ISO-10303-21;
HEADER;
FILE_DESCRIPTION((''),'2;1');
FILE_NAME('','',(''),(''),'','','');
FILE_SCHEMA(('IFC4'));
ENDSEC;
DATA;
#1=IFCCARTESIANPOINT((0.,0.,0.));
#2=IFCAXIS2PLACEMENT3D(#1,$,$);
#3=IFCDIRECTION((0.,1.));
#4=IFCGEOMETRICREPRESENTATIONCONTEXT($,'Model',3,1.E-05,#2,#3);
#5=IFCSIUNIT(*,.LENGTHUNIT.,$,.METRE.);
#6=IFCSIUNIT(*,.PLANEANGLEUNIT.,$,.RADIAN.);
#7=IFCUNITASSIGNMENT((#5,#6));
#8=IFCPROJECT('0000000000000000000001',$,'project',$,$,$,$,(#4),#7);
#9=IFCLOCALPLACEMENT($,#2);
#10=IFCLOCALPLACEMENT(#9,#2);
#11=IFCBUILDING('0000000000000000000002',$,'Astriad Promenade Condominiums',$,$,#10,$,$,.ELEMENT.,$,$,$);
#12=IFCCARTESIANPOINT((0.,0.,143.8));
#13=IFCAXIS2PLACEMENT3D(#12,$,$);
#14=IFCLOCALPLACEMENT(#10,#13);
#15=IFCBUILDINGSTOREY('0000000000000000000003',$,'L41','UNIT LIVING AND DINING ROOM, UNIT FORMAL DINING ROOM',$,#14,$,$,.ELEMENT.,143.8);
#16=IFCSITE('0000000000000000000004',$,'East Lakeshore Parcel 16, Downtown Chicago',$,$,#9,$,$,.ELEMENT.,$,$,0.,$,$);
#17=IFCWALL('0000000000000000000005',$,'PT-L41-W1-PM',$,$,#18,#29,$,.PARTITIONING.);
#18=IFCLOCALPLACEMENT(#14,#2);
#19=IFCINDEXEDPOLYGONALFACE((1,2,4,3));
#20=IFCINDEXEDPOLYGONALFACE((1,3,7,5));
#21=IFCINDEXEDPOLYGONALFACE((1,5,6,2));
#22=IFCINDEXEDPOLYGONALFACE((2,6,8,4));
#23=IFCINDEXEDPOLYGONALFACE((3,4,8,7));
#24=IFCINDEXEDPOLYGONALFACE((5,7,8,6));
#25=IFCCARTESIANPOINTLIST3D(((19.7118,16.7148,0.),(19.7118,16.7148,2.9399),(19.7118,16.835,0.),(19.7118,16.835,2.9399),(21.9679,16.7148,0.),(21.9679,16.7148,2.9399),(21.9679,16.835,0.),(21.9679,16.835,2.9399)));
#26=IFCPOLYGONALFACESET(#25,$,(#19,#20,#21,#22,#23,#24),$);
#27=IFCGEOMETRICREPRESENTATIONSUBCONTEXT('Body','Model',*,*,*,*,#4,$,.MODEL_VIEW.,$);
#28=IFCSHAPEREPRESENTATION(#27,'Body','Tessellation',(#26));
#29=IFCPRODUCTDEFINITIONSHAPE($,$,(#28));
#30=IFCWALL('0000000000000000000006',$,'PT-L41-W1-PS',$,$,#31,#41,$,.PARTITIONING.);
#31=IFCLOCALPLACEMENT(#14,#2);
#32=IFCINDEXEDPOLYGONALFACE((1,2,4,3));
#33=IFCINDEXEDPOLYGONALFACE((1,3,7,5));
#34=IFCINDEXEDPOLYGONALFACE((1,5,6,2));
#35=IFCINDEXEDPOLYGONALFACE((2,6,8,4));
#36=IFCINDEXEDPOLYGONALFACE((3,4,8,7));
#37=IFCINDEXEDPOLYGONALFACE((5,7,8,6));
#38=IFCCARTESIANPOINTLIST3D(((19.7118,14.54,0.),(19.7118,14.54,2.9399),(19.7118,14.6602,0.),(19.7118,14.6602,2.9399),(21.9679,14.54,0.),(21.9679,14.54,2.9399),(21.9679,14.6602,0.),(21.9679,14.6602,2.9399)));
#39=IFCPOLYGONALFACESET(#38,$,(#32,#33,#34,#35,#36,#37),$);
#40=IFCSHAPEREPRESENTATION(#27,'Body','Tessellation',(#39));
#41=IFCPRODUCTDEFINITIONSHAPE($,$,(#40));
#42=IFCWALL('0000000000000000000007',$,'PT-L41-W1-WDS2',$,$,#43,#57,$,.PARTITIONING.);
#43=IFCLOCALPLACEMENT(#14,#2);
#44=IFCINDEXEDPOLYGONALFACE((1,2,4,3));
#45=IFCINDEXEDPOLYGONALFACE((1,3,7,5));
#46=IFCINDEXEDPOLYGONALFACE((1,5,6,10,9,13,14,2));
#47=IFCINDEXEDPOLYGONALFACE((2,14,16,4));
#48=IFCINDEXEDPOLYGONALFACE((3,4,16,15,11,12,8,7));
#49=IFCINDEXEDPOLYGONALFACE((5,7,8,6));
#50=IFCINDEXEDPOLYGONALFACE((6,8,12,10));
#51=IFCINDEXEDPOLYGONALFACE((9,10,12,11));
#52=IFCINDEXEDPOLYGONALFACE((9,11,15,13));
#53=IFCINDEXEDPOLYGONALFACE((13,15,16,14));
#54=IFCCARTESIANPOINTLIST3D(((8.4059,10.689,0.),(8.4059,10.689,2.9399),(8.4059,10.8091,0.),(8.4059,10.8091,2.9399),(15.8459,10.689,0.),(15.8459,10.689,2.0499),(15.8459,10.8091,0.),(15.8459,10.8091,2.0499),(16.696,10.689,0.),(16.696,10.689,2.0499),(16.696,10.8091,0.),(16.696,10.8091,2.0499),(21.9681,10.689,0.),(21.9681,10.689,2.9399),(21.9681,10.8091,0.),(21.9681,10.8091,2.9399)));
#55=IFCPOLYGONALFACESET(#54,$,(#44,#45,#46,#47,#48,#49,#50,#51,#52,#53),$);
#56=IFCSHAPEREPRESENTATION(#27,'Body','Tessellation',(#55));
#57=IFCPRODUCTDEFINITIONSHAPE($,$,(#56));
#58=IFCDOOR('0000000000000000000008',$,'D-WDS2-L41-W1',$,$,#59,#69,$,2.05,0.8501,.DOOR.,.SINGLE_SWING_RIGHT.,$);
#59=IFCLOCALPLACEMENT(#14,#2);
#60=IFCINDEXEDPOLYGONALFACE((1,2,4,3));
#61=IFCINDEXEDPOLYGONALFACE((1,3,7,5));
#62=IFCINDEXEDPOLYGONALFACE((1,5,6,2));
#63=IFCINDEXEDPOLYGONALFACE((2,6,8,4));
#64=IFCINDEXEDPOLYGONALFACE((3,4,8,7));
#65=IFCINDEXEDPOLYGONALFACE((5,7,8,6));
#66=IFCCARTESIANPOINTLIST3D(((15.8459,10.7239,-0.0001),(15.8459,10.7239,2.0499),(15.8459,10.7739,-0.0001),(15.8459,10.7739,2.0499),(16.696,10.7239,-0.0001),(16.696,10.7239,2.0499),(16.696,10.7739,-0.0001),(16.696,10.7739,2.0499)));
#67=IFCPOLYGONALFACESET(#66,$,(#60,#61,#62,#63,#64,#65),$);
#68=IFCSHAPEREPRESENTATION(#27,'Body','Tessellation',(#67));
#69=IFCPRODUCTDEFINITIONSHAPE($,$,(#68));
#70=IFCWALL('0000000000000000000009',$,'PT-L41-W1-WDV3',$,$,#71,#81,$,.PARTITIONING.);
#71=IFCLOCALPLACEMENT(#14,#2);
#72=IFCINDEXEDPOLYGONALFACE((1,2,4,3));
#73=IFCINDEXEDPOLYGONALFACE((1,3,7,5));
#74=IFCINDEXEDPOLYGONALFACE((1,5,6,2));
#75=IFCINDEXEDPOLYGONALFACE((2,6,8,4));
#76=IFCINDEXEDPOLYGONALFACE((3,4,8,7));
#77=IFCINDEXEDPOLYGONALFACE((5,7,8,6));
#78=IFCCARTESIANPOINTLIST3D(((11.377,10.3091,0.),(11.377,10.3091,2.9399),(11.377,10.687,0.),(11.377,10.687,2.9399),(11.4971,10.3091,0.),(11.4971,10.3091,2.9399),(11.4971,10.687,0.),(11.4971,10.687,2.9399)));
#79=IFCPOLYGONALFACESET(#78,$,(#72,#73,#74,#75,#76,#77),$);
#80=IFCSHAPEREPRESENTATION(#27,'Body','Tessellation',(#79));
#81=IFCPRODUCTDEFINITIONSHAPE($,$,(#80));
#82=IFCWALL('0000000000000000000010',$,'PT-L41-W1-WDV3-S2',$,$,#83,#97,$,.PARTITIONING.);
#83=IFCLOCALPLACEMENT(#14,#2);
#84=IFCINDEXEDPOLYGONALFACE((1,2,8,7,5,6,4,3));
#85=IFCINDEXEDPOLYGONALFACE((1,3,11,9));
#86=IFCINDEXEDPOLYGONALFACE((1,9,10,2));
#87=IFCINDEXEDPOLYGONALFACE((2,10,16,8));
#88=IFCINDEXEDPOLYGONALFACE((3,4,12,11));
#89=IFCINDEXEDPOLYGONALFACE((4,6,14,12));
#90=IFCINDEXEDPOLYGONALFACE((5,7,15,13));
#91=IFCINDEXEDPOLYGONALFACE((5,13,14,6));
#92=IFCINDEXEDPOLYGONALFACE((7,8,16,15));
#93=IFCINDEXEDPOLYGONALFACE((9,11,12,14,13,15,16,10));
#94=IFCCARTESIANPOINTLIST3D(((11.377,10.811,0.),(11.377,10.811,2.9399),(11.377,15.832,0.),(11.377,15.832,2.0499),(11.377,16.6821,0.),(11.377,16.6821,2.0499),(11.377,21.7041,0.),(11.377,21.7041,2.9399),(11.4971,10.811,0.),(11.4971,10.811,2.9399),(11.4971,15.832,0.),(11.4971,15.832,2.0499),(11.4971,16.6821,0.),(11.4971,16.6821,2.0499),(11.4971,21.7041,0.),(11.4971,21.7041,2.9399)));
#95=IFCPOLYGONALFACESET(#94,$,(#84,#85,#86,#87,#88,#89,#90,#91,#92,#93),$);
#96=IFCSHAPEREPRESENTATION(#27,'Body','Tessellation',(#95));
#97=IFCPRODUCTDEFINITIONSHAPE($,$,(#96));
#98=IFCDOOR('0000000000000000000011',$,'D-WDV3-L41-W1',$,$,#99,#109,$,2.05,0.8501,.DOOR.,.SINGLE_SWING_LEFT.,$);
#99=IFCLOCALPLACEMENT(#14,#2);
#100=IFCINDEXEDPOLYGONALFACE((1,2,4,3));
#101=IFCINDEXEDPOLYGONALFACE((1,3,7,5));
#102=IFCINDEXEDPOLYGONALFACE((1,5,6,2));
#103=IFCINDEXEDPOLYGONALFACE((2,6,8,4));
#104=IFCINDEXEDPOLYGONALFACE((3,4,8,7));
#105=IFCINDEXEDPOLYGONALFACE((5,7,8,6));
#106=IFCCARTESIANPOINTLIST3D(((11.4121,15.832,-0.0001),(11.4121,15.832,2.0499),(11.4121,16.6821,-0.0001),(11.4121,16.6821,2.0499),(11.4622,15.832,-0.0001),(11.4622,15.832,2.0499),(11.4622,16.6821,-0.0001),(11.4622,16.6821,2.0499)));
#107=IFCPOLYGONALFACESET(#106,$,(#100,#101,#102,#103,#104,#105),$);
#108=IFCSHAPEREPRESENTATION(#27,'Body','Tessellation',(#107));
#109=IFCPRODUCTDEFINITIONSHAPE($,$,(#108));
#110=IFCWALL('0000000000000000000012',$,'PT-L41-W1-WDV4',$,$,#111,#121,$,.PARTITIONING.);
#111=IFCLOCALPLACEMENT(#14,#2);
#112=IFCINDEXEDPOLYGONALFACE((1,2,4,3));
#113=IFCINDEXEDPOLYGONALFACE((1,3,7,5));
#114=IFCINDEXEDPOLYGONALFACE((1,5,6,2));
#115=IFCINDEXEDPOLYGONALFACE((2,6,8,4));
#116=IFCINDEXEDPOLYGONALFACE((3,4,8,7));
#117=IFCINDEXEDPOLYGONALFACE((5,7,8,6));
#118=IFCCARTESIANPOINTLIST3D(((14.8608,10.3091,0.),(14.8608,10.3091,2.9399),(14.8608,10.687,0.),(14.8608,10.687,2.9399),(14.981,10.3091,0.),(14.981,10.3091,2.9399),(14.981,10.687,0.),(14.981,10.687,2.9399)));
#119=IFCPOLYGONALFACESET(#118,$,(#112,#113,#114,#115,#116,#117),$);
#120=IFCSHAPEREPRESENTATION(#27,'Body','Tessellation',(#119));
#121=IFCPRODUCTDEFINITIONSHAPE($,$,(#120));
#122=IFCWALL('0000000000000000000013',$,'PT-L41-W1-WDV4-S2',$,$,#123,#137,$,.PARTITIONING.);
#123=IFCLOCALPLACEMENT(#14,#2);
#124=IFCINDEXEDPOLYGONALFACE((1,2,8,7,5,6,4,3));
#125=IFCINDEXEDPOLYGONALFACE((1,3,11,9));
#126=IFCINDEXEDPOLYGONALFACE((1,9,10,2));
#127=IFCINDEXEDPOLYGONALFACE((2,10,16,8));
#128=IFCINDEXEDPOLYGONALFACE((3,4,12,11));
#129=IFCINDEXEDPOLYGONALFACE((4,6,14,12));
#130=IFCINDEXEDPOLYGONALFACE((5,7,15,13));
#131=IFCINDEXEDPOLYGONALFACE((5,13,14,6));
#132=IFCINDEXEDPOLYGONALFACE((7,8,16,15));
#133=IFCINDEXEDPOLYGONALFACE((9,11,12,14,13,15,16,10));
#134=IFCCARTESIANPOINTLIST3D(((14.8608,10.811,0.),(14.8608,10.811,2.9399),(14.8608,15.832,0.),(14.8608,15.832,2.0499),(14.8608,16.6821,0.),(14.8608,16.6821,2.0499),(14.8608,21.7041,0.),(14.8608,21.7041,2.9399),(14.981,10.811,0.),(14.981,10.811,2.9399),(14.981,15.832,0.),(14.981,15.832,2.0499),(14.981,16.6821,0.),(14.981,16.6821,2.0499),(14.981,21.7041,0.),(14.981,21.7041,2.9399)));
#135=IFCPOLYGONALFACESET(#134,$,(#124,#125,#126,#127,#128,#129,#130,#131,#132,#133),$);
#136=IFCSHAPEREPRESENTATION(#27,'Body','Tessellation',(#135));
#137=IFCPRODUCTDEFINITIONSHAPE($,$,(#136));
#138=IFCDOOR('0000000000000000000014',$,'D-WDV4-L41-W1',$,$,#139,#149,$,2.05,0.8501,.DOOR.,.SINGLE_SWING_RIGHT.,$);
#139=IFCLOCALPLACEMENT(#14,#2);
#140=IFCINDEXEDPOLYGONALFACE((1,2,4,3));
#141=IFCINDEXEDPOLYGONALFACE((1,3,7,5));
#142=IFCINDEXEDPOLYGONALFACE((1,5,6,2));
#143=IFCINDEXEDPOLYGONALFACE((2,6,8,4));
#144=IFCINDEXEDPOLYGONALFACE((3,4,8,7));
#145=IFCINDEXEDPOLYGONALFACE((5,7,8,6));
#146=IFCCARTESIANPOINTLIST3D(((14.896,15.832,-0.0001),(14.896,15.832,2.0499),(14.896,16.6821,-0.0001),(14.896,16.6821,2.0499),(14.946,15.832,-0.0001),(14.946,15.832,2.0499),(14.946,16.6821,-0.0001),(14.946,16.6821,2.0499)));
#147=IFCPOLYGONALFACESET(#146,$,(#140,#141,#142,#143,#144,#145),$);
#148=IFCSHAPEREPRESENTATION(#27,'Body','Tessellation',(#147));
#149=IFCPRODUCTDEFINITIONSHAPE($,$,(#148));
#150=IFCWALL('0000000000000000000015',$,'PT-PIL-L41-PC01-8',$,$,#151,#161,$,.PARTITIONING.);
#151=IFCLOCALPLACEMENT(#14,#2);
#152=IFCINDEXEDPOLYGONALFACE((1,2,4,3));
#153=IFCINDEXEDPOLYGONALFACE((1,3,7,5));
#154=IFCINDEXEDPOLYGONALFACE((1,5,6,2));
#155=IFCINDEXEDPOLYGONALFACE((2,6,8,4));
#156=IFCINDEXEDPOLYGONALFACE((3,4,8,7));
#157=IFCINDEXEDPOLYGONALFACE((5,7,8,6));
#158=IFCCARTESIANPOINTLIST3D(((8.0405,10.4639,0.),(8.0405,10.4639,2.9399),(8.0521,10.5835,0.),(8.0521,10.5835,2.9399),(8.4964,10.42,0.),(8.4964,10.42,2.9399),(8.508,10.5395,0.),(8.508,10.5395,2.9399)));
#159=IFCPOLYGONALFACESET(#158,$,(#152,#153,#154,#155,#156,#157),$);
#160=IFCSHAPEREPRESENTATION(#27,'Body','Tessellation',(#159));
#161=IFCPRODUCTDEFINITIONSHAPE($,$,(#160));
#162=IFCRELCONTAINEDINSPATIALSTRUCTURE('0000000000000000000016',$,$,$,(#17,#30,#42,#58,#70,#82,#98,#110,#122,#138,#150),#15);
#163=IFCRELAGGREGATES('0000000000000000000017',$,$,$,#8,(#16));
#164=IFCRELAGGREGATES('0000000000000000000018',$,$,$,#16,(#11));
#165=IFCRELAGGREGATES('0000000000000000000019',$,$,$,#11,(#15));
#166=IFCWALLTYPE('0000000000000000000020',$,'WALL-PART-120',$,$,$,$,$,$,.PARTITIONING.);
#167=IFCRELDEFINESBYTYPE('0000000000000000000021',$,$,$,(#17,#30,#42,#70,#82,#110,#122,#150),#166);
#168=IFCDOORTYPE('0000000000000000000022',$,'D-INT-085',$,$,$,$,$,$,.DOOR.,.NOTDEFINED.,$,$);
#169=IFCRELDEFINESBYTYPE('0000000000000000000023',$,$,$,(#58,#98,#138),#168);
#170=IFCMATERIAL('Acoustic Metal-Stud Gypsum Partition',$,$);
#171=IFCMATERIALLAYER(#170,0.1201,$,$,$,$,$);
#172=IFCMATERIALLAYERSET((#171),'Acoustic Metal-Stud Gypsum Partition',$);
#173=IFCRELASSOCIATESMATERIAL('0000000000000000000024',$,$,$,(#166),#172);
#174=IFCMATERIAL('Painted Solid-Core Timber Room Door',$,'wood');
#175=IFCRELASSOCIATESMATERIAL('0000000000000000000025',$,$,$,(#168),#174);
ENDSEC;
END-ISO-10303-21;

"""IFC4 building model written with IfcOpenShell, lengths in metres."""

from ifc_helpers import new_model, si_unit, direction, frame, frame_2d, origin, place, context, subcontext, project, spatial, rectangle, extrude, source, transform, mapped, material, layer, layer_set, type_object, type_shapes, element, fill, save


model = new_model("IFC4")

# Units and contexts
model_context = context("Model", 3, precision=1e-05, world=origin(), true_north=direction((0.0, 1.0)))
body_context = subcontext(model_context, "Body", "Model", "MODEL_VIEW")
ifc_project = project(units=[si_unit("LENGTHUNIT", "METRE"), si_unit("PLANEANGLEUNIT", "RADIAN")], contexts=[model_context])

# Site, building, storey
site_placement = place(None, origin())
site = spatial("IfcSite", under=ifc_project, at=site_placement, Name="East Lakeshore Parcel 16, Downtown Chicago", CompositionType="ELEMENT", RefElevation=0.0)
building_placement = place(site_placement, origin())
building = spatial("IfcBuilding", under=site, at=building_placement, Name="Astriad Promenade Condominiums", CompositionType="ELEMENT")
storey_placement = place(building_placement, frame((0.0, 0.0, 143.8)))
storey = spatial("IfcBuildingStorey", under=building, at=storey_placement, Name="L41", Description="UNIT LIVING AND DINING ROOM, UNIT FORMAL DINING ROOM", CompositionType="ELEMENT", Elevation=143.8)

# Shared definitions
ifc_material_1 = material(Name="Acoustic Metal-Stud Gypsum Partition")
ifc_layer_1 = layer(ifc_material_1, 0.1201)
ifc_layer_set_1 = layer_set([ifc_layer_1], Name="Acoustic Metal-Stud Gypsum Partition")
wall_type_1 = type_object("IfcWallType", Name="WALL-PART-120", PredefinedType="PARTITIONING", material=ifc_layer_set_1)
ifc_material_2 = material(Name="Painted Solid-Core Timber Room Door", Category="wood")
door_type_1 = type_object("IfcDoorType", Name="D-INT-085", OperationType="NOTDEFINED", PredefinedType="DOOR", material=ifc_material_2)
shared_shape_1 = source(origin(), body_context, "Body", "SweptSolid", [
    extrude(rectangle(XDim=0.8501, YDim=2.05, at=frame_2d((0.425, 1.0249))), frame((0.0, 0.0249, 0.0), z_axis=(0.0, -1.0, 0.0), x_axis=(1.0, 0.0, 0.0)), (0.0, 0.0, 1.0), 0.05),
])
type_shapes(door_type_1, [shared_shape_1])

# Walls
for number, where, z_axis, x_axis, name in (
    (1, (19.7119, 16.7749, 0.0), (0.0, 0.0, 1.0), (1.0, 0.0, 0.0), "PT-L41-W1-PM"),
    (2, (19.7119, 14.6001, 0.0), (0.0, 0.0, 1.0), (1.0, 0.0, 0.0), "PT-L41-W1-PS"),
):
    element("IfcWall", number, at=place(storey_placement, frame(where, z_axis=z_axis, x_axis=x_axis)), inside=storey, type_object=wall_type_1, Name=name, PredefinedType="PARTITIONING", context=body_context, shape_type="SweptSolid", body=[
        extrude(rectangle(XDim=2.2561, YDim=0.1201, at=frame_2d((1.1279, 0.0))), origin(), (0.0, 0.0, 1.0), 2.9399),
    ])

# Wall, opening, door
wall_1_placement = place(storey_placement, frame((8.4058, 10.749, 0.0), z_axis=(0.0, 0.0, 1.0), x_axis=(1.0, 0.0, 0.0)))
wall_1 = element("IfcWall", 3, at=wall_1_placement, inside=storey, type_object=wall_type_1, Name="PT-L41-W1-WDS2", PredefinedType="PARTITIONING", context=body_context, shape_type="SweptSolid", body=[
    extrude(rectangle(XDim=13.5623, YDim=0.1201, at=frame_2d((6.7812, 0.0))), origin(), (0.0, 0.0, 1.0), 2.9399),
])
opening_1_placement = place(wall_1_placement, frame((7.4402, 0.0, 0.0)))
opening_1 = element("IfcOpeningElement", 4, at=opening_1_placement, cuts=wall_1, PredefinedType="OPENING", context=body_context, shape_type="SweptSolid", body=[
    extrude(rectangle(XDim=0.8501, YDim=2.05, at=frame_2d((0.425, 1.0249))), frame((0.0, 0.0701, 0.0), z_axis=(0.0, -1.0, 0.0), x_axis=(1.0, 0.0, 0.0)), (0.0, 0.0, 1.0), 0.1401),
])
door_1_placement = place(opening_1_placement, origin())
door_1 = element("IfcDoor", 5, at=door_1_placement, inside=storey, type_object=door_type_1, Name="D-WDS2-L41-W1", OperationType="SINGLE_SWING_RIGHT", OverallHeight=2.05, OverallWidth=0.8501, PredefinedType="DOOR", context=body_context, shape_type="MappedRepresentation", body=[
    mapped(shared_shape_1, transform((0.0, 0.0, 0.0), scale=1.0)),
])
fill(opening_1, door_1)

# Wall
wall_2_placement = place(storey_placement, frame((11.437, 10.3091, 0.0), z_axis=(0.0, 0.0, 1.0), x_axis=(0.0, 1.0, 0.0)))
element("IfcWall", 6, at=wall_2_placement, inside=storey, type_object=wall_type_1, Name="PT-L41-W1-WDV3", PredefinedType="PARTITIONING", context=body_context, shape_type="SweptSolid", body=[
    extrude(rectangle(XDim=0.3779, YDim=0.1201, at=frame_2d((0.189, 0.0))), origin(), (0.0, 0.0, 1.0), 2.9399),
])

# Wall, opening, door
wall_3_placement = place(storey_placement, frame((11.437, 10.811, 0.0), z_axis=(0.0, 0.0, 1.0), x_axis=(0.0, 1.0, 0.0)))
wall_3 = element("IfcWall", 7, at=wall_3_placement, inside=storey, type_object=wall_type_1, Name="PT-L41-W1-WDV3-S2", PredefinedType="PARTITIONING", context=body_context, shape_type="SweptSolid", body=[
    extrude(rectangle(XDim=10.8931, YDim=0.1201, at=frame_2d((5.4465, 0.0))), origin(), (0.0, 0.0, 1.0), 2.9399),
])
opening_2_placement = place(wall_3_placement, frame((5.021, 0.0, 0.0)))
opening_2 = element("IfcOpeningElement", 8, at=opening_2_placement, cuts=wall_3, PredefinedType="OPENING", context=body_context, shape_type="SweptSolid", body=[
    extrude(rectangle(XDim=0.8501, YDim=2.05, at=frame_2d((0.425, 1.0249))), frame((0.0, 0.0701, 0.0), z_axis=(0.0, -1.0, 0.0), x_axis=(1.0, 0.0, 0.0)), (0.0, 0.0, 1.0), 0.1401),
])
door_2_placement = place(opening_2_placement, origin())
door_2 = element("IfcDoor", 9, at=door_2_placement, inside=storey, type_object=door_type_1, Name="D-WDV3-L41-W1", OperationType="SINGLE_SWING_LEFT", OverallHeight=2.05, OverallWidth=0.8501, PredefinedType="DOOR", context=body_context, shape_type="MappedRepresentation", body=[
    mapped(shared_shape_1, transform((0.0, 0.0, 0.0), scale=1.0)),
])
fill(opening_2, door_2)

# Wall
wall_4_placement = place(storey_placement, frame((14.9209, 10.3091, 0.0), z_axis=(0.0, 0.0, 1.0), x_axis=(0.0, 1.0, 0.0)))
element("IfcWall", 10, at=wall_4_placement, inside=storey, type_object=wall_type_1, Name="PT-L41-W1-WDV4", PredefinedType="PARTITIONING", context=body_context, shape_type="SweptSolid", body=[
    extrude(rectangle(XDim=0.3779, YDim=0.1201, at=frame_2d((0.189, 0.0))), origin(), (0.0, 0.0, 1.0), 2.9399),
])

# Wall, opening, door
wall_5_placement = place(storey_placement, frame((14.9209, 10.811, 0.0), z_axis=(0.0, 0.0, 1.0), x_axis=(0.0, 1.0, 0.0)))
wall_5 = element("IfcWall", 11, at=wall_5_placement, inside=storey, type_object=wall_type_1, Name="PT-L41-W1-WDV4-S2", PredefinedType="PARTITIONING", context=body_context, shape_type="SweptSolid", body=[
    extrude(rectangle(XDim=10.8931, YDim=0.1201, at=frame_2d((5.4465, 0.0))), origin(), (0.0, 0.0, 1.0), 2.9399),
])
opening_3_placement = place(wall_5_placement, frame((5.021, 0.0, 0.0)))
opening_3 = element("IfcOpeningElement", 12, at=opening_3_placement, cuts=wall_5, PredefinedType="OPENING", context=body_context, shape_type="SweptSolid", body=[
    extrude(rectangle(XDim=0.8501, YDim=2.05, at=frame_2d((0.425, 1.0249))), frame((0.0, 0.0701, 0.0), z_axis=(0.0, -1.0, 0.0), x_axis=(1.0, 0.0, 0.0)), (0.0, 0.0, 1.0), 0.1401),
])
door_3_placement = place(opening_3_placement, origin())
door_3 = element("IfcDoor", 13, at=door_3_placement, inside=storey, type_object=door_type_1, Name="D-WDV4-L41-W1", OperationType="SINGLE_SWING_RIGHT", OverallHeight=2.05, OverallWidth=0.8501, PredefinedType="DOOR", context=body_context, shape_type="MappedRepresentation", body=[
    mapped(shared_shape_1, transform((0.0, 0.0, 0.0), scale=1.0)),
])
fill(opening_3, door_3)

# Wall
wall_6_placement = place(storey_placement, frame((8.5022, 10.4797, 0.0), z_axis=(0.0, 0.0, 1.0), x_axis=(-0.995385, 0.095966, 0.0)))
element("IfcWall", 14, at=wall_6_placement, inside=storey, type_object=wall_type_1, Name="PT-PIL-L41-PC01-8", PredefinedType="PARTITIONING", context=body_context, shape_type="SweptSolid", body=[
    extrude(rectangle(XDim=0.458, YDim=0.1201, at=frame_2d((0.229, 0.0))), origin(), (0.0, 0.0, 1.0), 2.9399),
])

save(model, "model.ifc")
